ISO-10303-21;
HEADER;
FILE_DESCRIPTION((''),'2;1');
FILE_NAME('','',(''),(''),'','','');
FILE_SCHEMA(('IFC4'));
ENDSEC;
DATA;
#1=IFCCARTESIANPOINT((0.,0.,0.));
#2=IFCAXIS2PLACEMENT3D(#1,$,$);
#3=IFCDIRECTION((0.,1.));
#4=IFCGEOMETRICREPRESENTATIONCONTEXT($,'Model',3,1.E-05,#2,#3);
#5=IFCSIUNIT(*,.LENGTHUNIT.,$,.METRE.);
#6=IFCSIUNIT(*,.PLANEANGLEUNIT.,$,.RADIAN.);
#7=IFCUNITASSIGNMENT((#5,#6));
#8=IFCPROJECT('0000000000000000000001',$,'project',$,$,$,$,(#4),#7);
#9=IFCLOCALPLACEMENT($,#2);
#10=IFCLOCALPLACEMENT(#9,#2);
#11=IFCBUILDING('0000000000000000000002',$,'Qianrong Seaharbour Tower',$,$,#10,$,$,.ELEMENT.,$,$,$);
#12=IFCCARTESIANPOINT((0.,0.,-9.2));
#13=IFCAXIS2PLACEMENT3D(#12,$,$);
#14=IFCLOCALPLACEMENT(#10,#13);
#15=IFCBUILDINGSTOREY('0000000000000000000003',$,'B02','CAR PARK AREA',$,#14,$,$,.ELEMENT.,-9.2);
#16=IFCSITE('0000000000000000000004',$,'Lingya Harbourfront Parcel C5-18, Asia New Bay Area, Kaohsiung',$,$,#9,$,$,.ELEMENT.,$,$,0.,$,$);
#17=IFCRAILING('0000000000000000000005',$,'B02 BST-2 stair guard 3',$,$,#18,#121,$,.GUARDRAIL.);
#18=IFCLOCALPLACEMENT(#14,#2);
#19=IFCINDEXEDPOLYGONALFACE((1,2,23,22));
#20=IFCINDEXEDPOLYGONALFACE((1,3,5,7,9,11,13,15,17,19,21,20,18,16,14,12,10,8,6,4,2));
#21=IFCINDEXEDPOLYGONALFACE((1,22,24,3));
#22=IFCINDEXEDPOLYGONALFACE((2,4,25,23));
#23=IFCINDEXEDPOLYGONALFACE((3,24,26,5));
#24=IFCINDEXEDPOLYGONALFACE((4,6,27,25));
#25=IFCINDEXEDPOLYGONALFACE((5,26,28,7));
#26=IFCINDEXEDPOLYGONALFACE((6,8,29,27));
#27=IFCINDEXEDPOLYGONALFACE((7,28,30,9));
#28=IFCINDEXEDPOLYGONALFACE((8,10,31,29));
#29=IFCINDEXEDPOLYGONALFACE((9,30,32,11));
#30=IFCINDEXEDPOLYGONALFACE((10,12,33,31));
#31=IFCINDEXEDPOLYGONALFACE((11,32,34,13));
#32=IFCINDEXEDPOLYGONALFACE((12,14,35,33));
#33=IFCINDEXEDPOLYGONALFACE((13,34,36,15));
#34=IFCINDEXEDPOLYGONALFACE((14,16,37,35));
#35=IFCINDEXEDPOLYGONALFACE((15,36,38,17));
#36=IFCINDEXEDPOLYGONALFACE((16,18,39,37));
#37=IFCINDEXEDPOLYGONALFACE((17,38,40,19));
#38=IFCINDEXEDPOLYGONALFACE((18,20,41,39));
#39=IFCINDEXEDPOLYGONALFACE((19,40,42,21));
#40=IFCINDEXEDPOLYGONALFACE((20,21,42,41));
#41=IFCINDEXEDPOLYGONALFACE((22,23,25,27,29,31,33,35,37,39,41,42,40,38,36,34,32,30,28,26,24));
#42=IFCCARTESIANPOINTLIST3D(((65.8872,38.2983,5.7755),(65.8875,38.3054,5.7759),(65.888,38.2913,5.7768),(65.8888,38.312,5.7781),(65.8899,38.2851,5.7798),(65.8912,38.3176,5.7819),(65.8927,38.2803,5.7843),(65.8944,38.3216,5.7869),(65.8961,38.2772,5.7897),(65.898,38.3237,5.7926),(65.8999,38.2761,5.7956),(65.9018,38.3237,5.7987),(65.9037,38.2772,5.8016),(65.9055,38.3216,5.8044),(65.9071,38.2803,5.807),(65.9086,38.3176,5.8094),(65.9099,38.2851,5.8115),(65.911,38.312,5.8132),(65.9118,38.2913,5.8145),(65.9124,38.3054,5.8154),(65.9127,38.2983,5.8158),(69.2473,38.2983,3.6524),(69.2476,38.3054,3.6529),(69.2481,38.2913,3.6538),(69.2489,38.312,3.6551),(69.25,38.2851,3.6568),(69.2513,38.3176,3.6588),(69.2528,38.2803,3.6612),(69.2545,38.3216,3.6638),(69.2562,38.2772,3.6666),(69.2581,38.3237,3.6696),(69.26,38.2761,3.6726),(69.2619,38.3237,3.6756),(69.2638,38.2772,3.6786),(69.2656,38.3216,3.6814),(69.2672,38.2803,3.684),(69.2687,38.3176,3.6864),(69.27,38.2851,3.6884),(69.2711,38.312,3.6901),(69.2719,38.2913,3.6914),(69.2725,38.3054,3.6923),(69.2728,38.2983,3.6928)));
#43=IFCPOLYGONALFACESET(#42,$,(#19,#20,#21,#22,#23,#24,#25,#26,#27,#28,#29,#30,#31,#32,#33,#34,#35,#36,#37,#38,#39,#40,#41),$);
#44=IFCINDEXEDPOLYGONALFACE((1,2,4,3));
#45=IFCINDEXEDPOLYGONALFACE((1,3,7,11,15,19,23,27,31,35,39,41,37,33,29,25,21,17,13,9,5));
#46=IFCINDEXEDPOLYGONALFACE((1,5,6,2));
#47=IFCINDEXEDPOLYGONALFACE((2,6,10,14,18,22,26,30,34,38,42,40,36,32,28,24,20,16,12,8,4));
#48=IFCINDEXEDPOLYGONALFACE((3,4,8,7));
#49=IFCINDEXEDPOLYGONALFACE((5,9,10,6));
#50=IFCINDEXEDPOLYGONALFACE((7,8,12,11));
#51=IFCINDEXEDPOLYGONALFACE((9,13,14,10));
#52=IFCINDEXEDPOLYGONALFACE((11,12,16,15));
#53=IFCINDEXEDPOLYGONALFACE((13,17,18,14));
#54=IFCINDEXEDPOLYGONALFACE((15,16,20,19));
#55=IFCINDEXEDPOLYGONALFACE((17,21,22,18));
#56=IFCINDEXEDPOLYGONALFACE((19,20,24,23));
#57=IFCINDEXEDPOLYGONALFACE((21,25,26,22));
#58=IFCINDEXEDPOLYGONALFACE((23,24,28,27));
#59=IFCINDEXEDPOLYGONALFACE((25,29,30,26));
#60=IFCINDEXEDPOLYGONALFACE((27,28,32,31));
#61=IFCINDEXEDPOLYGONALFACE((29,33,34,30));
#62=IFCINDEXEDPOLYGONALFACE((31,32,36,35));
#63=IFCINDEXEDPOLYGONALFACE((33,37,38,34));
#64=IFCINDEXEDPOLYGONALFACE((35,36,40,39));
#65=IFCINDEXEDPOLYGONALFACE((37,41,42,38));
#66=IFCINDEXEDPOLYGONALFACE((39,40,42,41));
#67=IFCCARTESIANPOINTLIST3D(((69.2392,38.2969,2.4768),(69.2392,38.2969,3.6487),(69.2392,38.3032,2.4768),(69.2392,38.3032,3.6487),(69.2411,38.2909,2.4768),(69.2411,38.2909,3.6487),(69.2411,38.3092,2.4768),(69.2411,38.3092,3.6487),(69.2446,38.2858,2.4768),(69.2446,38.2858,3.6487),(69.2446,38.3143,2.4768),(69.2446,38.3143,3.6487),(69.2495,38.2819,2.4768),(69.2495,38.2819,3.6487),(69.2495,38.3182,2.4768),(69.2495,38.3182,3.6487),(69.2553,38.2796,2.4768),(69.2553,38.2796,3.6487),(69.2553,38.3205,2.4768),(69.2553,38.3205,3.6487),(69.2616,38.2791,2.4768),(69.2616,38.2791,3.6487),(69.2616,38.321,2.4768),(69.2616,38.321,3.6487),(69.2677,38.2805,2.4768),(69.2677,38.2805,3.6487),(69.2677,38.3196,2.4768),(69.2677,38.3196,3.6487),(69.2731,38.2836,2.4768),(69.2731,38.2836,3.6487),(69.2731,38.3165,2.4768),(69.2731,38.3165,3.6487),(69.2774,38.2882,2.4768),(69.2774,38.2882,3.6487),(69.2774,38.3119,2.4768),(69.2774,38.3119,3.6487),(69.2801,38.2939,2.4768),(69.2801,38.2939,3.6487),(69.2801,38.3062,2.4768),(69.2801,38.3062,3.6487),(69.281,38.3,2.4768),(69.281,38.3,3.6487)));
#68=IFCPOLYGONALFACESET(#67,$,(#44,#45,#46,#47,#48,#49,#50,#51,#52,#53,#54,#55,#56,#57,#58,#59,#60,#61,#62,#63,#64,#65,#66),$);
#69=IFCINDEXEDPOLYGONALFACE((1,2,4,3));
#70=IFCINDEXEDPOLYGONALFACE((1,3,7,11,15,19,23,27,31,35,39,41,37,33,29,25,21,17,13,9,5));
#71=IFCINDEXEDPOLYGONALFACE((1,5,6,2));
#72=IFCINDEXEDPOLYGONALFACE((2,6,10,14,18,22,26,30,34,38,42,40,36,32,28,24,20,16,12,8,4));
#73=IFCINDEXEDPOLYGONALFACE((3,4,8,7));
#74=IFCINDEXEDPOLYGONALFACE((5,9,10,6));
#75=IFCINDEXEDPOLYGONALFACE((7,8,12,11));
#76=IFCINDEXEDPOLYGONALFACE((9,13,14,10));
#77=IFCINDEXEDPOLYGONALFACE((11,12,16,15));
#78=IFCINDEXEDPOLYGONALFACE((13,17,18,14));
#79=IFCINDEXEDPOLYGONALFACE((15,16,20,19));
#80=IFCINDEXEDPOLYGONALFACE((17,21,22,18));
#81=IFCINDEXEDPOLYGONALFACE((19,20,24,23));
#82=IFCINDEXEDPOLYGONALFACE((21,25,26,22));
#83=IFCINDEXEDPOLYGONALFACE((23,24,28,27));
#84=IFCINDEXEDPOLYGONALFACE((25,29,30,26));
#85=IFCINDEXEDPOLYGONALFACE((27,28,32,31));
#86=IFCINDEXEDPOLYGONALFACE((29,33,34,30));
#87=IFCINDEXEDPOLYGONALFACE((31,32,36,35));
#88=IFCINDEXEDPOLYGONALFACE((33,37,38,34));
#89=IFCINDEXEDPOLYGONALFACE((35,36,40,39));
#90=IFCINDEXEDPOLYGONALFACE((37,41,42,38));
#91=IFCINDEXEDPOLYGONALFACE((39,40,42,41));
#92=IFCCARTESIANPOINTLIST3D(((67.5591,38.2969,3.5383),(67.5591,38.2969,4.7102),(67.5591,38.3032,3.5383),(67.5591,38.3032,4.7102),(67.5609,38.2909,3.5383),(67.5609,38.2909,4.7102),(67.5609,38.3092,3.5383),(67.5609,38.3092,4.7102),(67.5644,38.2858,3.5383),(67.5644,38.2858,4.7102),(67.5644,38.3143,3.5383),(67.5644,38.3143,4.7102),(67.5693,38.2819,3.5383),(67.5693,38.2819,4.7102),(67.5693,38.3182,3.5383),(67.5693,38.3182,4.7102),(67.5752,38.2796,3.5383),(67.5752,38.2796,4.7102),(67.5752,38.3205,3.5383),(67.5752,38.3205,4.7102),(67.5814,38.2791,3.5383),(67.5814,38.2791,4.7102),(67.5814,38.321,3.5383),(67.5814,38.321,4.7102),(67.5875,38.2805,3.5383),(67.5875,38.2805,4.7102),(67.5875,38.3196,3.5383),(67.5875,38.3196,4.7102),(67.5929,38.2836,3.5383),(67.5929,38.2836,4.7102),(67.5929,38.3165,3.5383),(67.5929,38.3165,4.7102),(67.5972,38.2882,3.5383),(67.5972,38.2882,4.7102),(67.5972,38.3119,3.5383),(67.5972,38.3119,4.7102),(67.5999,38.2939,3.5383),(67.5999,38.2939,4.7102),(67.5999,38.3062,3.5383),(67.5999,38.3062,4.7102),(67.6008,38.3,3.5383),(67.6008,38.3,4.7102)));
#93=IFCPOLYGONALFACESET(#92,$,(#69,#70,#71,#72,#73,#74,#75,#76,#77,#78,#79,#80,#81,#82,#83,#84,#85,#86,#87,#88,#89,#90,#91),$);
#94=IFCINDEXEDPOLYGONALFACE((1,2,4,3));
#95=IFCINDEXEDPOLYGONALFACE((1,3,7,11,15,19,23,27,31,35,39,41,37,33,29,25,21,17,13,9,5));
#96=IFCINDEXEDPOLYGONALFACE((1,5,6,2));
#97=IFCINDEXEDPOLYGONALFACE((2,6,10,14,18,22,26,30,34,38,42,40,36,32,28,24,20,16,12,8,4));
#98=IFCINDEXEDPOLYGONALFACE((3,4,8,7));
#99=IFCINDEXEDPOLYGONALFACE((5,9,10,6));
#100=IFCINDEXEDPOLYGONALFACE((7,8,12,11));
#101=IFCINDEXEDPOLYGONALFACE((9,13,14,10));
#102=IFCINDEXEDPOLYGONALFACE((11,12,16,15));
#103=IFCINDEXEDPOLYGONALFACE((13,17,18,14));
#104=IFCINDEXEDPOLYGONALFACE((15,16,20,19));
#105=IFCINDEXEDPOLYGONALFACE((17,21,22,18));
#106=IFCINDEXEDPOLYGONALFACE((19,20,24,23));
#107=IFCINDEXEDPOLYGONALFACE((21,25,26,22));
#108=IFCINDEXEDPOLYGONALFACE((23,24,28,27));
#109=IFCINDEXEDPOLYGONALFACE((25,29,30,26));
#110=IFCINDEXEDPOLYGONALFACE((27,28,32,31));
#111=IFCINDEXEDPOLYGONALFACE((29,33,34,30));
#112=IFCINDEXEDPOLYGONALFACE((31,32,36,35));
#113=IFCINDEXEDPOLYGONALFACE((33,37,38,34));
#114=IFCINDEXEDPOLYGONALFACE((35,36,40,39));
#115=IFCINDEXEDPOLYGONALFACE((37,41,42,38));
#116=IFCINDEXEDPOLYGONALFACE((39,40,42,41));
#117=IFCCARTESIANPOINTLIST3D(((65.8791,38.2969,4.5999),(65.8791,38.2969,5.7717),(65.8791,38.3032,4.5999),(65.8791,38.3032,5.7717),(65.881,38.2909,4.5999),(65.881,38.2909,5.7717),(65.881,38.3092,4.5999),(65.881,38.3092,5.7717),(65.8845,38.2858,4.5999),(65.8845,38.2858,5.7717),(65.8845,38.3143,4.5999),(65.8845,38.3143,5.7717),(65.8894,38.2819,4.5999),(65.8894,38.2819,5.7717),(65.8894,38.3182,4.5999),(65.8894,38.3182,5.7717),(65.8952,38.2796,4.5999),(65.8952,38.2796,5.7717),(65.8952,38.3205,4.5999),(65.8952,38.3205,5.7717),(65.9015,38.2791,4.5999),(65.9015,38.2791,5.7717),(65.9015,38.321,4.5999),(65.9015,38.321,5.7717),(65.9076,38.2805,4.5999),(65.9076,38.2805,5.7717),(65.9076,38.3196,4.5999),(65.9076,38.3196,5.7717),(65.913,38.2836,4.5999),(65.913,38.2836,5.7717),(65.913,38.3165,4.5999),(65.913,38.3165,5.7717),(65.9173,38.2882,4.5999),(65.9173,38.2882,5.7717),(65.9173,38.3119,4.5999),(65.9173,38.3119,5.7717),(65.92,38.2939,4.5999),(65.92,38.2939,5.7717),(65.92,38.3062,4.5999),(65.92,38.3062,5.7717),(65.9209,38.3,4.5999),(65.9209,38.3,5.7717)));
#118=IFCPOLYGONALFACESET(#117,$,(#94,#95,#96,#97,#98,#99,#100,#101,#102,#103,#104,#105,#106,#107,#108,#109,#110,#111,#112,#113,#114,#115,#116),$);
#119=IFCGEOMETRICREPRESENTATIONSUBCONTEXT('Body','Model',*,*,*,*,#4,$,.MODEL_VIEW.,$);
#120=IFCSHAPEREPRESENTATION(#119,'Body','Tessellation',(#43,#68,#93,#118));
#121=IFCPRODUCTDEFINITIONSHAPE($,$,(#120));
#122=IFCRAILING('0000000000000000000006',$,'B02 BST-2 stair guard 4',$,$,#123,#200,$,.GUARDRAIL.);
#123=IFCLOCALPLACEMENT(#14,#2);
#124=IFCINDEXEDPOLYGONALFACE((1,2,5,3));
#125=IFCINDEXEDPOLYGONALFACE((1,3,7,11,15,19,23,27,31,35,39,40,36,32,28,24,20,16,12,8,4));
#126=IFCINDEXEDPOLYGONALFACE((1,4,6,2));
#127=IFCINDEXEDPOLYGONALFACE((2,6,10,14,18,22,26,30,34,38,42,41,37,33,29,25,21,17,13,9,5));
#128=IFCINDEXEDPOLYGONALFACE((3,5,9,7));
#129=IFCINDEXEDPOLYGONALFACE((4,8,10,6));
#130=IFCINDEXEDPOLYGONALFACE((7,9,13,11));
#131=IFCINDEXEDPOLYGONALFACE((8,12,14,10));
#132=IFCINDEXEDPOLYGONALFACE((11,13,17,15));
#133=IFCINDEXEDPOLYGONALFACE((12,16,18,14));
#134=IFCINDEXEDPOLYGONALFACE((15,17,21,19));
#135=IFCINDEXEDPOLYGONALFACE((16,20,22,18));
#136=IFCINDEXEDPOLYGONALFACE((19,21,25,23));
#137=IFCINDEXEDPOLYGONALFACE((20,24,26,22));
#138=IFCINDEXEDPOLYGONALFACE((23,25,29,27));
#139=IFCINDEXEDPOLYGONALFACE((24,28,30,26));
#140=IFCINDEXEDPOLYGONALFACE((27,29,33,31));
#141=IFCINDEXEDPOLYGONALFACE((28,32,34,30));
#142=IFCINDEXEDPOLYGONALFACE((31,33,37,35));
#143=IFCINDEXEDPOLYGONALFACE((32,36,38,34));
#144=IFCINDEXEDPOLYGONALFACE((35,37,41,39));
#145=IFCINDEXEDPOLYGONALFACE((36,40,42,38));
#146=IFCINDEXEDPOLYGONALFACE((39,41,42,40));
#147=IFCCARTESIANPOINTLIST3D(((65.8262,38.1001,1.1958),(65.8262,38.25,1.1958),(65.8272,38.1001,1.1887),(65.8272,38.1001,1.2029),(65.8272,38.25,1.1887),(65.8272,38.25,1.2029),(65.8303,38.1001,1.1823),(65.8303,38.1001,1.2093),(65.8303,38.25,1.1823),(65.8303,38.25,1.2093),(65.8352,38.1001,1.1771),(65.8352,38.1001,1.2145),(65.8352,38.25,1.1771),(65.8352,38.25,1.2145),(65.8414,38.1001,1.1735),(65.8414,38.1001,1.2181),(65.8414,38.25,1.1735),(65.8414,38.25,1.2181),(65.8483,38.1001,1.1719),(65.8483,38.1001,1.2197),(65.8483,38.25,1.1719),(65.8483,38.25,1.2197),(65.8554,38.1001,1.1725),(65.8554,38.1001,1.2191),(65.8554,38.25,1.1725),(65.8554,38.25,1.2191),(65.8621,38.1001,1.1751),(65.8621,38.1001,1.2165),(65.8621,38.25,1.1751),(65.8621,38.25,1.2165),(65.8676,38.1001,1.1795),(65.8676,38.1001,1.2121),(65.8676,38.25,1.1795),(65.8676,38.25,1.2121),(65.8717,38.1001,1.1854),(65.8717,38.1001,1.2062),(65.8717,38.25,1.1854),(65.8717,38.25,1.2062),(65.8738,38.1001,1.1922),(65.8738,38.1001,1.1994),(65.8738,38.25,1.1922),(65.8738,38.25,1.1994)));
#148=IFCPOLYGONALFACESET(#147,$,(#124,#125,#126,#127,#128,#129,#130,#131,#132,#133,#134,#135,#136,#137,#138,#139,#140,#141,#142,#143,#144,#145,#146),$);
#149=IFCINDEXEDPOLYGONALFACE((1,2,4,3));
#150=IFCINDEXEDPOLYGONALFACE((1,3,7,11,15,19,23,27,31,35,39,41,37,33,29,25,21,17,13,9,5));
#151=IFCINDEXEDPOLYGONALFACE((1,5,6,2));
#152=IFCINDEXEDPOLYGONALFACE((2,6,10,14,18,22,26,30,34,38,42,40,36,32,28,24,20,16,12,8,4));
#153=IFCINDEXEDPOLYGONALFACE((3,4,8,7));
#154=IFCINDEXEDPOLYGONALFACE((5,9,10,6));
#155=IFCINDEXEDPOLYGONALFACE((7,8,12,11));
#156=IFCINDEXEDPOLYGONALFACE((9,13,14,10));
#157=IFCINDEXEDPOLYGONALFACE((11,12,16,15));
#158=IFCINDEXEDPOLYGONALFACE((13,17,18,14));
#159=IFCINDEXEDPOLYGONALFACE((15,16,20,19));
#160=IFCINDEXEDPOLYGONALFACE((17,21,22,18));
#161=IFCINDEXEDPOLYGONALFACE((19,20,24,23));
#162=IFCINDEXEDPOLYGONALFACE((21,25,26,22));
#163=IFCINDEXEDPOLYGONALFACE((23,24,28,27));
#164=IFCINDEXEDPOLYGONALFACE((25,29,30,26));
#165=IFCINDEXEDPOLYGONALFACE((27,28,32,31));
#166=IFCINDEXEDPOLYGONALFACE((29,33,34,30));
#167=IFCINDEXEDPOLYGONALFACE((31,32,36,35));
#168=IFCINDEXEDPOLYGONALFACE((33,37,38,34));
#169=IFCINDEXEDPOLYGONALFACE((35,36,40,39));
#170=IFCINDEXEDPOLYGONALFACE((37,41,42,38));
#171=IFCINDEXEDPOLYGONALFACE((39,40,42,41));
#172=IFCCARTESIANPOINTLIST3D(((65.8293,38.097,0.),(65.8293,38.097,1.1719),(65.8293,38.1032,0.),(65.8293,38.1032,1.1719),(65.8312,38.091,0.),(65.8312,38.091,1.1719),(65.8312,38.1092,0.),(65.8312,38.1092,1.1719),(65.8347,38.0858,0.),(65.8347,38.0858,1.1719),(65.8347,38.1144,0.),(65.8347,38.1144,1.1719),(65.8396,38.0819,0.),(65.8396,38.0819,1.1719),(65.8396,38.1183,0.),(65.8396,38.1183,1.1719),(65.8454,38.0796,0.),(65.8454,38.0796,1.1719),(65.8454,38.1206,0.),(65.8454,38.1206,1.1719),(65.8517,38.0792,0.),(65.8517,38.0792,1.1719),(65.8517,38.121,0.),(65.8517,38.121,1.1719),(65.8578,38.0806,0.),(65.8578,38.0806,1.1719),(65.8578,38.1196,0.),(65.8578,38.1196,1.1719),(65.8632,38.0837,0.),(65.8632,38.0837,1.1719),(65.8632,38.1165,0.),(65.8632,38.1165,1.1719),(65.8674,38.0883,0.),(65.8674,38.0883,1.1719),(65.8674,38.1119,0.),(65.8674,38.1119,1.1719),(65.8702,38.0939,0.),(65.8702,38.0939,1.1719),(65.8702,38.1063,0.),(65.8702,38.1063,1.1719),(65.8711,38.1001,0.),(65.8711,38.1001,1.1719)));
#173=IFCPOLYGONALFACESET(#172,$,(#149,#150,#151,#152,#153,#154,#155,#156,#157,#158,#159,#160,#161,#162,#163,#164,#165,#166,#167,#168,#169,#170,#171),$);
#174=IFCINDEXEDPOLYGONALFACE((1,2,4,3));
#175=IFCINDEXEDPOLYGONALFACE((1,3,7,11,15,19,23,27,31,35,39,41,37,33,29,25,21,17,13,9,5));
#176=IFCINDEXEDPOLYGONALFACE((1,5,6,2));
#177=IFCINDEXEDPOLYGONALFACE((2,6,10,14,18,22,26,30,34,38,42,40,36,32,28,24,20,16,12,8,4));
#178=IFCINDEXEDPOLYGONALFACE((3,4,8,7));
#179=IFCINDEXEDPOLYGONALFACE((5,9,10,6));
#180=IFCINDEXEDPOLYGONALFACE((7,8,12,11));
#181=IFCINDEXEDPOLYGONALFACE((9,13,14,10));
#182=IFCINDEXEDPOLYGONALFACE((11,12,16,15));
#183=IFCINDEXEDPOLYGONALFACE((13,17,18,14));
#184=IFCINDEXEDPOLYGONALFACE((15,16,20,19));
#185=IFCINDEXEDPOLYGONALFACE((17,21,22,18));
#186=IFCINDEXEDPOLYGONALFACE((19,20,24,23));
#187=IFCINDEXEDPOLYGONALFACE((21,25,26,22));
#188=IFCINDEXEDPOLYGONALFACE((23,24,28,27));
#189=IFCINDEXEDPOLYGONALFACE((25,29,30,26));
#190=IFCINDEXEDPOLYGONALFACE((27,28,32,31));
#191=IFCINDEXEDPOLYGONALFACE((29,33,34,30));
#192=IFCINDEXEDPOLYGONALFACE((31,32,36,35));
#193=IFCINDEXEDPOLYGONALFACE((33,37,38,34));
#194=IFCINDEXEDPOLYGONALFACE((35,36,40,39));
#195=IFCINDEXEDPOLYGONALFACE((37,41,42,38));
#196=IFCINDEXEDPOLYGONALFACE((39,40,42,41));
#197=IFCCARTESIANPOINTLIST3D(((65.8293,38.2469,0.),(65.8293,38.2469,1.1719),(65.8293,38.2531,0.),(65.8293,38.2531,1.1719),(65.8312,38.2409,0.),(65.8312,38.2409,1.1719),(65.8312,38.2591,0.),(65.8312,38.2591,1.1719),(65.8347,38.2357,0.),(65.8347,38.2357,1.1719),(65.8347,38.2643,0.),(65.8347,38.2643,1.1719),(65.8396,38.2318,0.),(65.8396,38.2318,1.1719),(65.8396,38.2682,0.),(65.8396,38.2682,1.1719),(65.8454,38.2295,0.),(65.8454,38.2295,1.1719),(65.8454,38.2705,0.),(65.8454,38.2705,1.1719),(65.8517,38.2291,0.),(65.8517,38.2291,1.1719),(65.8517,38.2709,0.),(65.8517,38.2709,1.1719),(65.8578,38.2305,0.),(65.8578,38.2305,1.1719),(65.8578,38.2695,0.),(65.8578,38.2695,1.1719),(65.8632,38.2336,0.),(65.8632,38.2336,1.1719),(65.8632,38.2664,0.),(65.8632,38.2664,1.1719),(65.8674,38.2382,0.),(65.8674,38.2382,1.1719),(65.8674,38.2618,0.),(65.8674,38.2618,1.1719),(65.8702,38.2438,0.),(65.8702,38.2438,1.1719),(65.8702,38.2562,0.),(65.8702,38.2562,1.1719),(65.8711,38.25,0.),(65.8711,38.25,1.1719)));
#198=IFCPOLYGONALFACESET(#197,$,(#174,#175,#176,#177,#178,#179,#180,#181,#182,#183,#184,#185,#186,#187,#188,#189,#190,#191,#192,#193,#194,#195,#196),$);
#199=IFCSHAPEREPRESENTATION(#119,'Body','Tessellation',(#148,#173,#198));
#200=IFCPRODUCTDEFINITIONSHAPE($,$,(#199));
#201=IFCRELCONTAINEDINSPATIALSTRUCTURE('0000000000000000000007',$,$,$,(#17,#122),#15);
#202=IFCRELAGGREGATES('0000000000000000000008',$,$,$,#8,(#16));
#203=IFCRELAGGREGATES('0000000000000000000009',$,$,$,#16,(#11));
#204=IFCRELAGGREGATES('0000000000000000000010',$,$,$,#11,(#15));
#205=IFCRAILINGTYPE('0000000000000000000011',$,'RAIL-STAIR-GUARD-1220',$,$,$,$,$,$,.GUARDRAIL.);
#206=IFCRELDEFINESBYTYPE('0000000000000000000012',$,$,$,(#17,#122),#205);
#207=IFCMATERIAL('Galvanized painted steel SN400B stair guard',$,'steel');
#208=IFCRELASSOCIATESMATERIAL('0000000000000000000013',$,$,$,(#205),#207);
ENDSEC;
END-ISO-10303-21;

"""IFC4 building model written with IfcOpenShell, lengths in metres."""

from ifc_helpers import new_model, si_unit, direction, frame, origin, origin_2d, place, context, subcontext, project, spatial, circle, extrude, material, type_object, element, save


model = new_model("IFC4")

# Units and contexts
model_context = context("Model", 3, precision=1e-05, world=origin(), true_north=direction((0.0, 1.0)))
body_context = subcontext(model_context, "Body", "Model", "MODEL_VIEW")
ifc_project = project(units=[si_unit("LENGTHUNIT", "METRE"), si_unit("PLANEANGLEUNIT", "RADIAN")], contexts=[model_context])

# Site, building, storey
site_placement = place(None, origin())
site = spatial("IfcSite", under=ifc_project, at=site_placement, Name="Lingya Harbourfront Parcel C5-18, Asia New Bay Area, Kaohsiung", CompositionType="ELEMENT", RefElevation=0.0)
building_placement = place(site_placement, origin())
building = spatial("IfcBuilding", under=site, at=building_placement, Name="Qianrong Seaharbour Tower", CompositionType="ELEMENT")
storey_placement = place(building_placement, frame((0.0, 0.0, -9.2)))
storey = spatial("IfcBuildingStorey", under=building, at=storey_placement, Name="B02", Description="CAR PARK AREA", CompositionType="ELEMENT", Elevation=-9.2)

# Railings
ifc_material_1 = material(Name="Galvanized painted steel SN400B stair guard", Category="steel")
railing_type_1 = type_object("IfcRailingType", Name="RAIL-STAIR-GUARD-1220", PredefinedType="GUARDRAIL", material=ifc_material_1)
railing_1_placement = place(storey_placement, frame((69.26, 38.3, 2.4768)))
element("IfcRailing", 1, at=railing_1_placement, inside=storey, type_object=railing_type_1, Name="B02 BST-2 stair guard 3", PredefinedType="GUARDRAIL", context=body_context, shape_type="SweptSolid", body=[
    extrude(circle(Radius=0.0239, at=origin_2d()), frame((0.0, 0.0, 1.1958), z_axis=(-0.84539, 0.0, 0.53415), x_axis=(0.0, -1.0, 0.0)), (0.0, 0.0, 1.0), 3.9746),
    extrude(circle(Radius=0.021, at=origin_2d()), origin(), (0.0, 0.0, 1.0), 1.1719),
    extrude(circle(Radius=0.021, at=origin_2d()), frame((-1.6802, 0.0, 1.0615)), (0.0, 0.0, 1.0), 1.1719),
    extrude(circle(Radius=0.021, at=origin_2d()), frame((-3.3601, 0.0, 2.123)), (0.0, 0.0, 1.0), 1.1719),
])
railing_2_placement = place(storey_placement, frame((65.8501, 38.1001, 0.0)))
element("IfcRailing", 2, at=railing_2_placement, inside=storey, type_object=railing_type_1, Name="B02 BST-2 stair guard 4", PredefinedType="GUARDRAIL", context=body_context, shape_type="SweptSolid", body=[
    extrude(circle(Radius=0.0239, at=origin_2d()), frame((0.0, 0.0, 1.1958), z_axis=(0.0, 1.0, 0.0), x_axis=(-1.0, 0.0, 0.0)), (0.0, 0.0, 1.0), 0.1499),
    extrude(circle(Radius=0.021, at=origin_2d()), origin(), (0.0, 0.0, 1.0), 1.1719),
    extrude(circle(Radius=0.021, at=origin_2d()), frame((0.0, 0.1499, 0.0)), (0.0, 0.0, 1.0), 1.1719),
])

save(model, "model.ifc")
